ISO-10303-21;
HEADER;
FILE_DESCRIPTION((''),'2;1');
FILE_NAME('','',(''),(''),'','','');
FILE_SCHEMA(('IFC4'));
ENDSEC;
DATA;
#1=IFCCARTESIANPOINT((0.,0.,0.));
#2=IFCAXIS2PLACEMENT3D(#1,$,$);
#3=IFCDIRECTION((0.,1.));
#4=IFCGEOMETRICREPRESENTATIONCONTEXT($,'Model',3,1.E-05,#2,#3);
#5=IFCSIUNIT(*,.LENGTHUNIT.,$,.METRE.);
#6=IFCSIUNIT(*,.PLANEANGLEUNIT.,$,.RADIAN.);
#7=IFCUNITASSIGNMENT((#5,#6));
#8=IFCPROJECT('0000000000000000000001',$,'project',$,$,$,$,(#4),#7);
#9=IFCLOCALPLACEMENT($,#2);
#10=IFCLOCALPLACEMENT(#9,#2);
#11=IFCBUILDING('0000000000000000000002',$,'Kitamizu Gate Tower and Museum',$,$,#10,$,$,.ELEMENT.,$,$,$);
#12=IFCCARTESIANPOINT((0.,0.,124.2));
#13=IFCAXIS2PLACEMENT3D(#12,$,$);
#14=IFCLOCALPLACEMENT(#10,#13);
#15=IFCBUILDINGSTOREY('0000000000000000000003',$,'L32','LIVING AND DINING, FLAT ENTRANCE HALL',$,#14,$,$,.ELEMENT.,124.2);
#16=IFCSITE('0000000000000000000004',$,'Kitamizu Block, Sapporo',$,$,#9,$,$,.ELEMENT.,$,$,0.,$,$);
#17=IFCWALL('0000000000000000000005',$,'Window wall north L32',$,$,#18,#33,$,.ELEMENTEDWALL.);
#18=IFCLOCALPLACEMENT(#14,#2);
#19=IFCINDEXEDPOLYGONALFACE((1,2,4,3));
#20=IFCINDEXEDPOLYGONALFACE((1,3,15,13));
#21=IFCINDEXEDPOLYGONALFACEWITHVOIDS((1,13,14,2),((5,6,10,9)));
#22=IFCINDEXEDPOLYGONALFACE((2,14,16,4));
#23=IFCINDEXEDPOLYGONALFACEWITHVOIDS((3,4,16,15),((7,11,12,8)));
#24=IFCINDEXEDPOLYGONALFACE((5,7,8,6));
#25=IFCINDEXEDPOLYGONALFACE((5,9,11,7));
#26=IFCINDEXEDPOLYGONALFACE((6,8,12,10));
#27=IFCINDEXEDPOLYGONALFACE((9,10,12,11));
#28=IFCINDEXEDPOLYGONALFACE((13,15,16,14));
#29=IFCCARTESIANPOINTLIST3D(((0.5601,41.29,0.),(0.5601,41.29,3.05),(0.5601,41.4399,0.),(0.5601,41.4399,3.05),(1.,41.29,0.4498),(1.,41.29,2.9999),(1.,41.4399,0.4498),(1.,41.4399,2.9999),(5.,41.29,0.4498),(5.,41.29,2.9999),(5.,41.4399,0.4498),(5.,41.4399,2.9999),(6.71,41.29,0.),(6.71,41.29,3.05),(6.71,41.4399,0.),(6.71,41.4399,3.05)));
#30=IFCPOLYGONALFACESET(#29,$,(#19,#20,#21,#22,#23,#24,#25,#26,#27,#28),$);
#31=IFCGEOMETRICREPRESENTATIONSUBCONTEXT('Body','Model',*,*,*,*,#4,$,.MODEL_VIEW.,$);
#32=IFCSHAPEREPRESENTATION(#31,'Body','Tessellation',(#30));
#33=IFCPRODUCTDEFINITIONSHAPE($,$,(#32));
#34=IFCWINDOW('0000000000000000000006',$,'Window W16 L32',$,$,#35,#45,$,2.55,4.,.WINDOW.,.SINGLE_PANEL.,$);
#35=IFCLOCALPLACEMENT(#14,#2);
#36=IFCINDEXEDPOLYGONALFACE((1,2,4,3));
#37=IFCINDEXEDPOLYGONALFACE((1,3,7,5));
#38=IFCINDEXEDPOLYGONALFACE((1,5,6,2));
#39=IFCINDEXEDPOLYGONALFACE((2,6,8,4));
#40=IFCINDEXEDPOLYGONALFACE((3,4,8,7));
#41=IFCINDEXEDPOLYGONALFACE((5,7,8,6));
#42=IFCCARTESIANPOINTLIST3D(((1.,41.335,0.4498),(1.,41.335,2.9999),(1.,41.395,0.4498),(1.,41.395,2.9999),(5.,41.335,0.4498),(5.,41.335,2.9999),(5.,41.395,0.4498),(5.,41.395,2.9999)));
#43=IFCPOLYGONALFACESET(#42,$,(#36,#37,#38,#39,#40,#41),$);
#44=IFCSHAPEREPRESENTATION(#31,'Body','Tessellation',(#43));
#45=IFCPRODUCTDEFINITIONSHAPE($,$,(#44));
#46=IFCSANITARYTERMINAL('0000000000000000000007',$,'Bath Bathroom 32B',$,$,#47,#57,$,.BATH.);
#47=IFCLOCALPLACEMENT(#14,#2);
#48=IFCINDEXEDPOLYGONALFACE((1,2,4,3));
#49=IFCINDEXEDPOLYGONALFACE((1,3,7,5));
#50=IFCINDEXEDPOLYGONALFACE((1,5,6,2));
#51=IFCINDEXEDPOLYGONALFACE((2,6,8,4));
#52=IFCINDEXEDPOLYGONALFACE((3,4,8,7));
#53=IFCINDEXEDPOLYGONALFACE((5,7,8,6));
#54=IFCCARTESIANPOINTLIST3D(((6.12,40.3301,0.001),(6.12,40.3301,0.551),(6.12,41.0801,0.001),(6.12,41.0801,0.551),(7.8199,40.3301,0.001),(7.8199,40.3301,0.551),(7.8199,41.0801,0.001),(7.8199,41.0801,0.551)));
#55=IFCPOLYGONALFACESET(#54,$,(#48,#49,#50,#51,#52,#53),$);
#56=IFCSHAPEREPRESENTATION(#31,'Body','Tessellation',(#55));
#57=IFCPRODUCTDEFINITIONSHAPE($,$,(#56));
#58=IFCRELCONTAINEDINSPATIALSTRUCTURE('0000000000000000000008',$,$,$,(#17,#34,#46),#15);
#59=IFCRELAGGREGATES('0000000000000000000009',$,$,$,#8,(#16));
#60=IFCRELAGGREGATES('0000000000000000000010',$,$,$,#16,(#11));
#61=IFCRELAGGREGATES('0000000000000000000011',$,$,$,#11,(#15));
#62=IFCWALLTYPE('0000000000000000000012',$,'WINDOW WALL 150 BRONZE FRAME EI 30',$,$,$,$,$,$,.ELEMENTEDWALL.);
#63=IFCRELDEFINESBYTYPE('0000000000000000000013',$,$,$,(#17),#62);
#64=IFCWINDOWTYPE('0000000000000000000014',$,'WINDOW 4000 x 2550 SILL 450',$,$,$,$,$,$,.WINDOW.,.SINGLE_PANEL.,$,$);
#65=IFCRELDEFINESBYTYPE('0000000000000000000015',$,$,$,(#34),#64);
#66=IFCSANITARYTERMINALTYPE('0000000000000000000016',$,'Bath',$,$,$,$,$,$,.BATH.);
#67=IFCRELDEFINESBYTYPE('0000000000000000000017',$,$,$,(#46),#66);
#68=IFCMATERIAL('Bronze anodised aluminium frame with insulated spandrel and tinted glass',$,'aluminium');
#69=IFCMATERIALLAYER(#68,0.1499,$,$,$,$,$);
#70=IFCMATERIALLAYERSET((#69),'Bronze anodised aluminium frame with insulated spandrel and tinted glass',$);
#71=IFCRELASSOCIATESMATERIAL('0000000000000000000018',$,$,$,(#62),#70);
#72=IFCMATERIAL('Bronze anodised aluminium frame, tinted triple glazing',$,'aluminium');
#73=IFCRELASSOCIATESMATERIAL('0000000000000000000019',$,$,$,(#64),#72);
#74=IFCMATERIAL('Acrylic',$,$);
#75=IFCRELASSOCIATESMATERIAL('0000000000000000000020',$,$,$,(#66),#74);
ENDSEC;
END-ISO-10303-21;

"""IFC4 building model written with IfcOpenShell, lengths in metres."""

from ifc_helpers import new_model, si_unit, direction, frame, frame_2d, origin, origin_2d, place, context, subcontext, project, spatial, rectangle, extrude, material, layer, layer_set, type_object, element, fill, save


model = new_model("IFC4")

# Units and contexts
model_context = context("Model", 3, precision=1e-05, world=origin(), true_north=direction((0.0, 1.0)))
body_context = subcontext(model_context, "Body", "Model", "MODEL_VIEW")
ifc_project = project(units=[si_unit("LENGTHUNIT", "METRE"), si_unit("PLANEANGLEUNIT", "RADIAN")], contexts=[model_context])

# Site, building, storey
site_placement = place(None, origin())
site = spatial("IfcSite", under=ifc_project, at=site_placement, Name="Kitamizu Block, Sapporo", CompositionType="ELEMENT", RefElevation=0.0)
building_placement = place(site_placement, origin())
building = spatial("IfcBuilding", under=site, at=building_placement, Name="Kitamizu Gate Tower and Museum", CompositionType="ELEMENT")
storey_placement = place(building_placement, frame((0.0, 0.0, 124.2)))
storey = spatial("IfcBuildingStorey", under=building, at=storey_placement, Name="L32", Description="LIVING AND DINING, FLAT ENTRANCE HALL", CompositionType="ELEMENT", Elevation=124.2)

# Wall, opening, window
ifc_material_1 = material(Name="Bronze anodised aluminium frame with insulated spandrel and tinted glass", Category="aluminium")
ifc_layer = layer(ifc_material_1, 0.1499)
ifc_layer_set = layer_set([ifc_layer], Name="Bronze anodised aluminium frame with insulated spandrel and tinted glass")
wall_type = type_object("IfcWallType", Name="WINDOW WALL 150 BRONZE FRAME EI 30", PredefinedType="ELEMENTEDWALL", material=ifc_layer_set)
wall_placement = place(storey_placement, frame((0.5601, 41.365, 0.0), z_axis=(0.0, 0.0, 1.0), x_axis=(1.0, 0.0, 0.0)))
wall = element("IfcWall", 1, at=wall_placement, inside=storey, type_object=wall_type, Name="Window wall north L32", PredefinedType="ELEMENTEDWALL", context=body_context, shape_type="SweptSolid", body=[
    extrude(rectangle(XDim=6.1499, YDim=0.1499, at=frame_2d((3.075, 0.0))), origin(), (0.0, 0.0, 1.0), 3.05),
])
opening_placement = place(wall_placement, frame((0.4399, 0.0, 0.45)))
opening = element("IfcOpeningElement", 2, at=opening_placement, cuts=wall, PredefinedType="OPENING", context=body_context, shape_type="SweptSolid", body=[
    extrude(rectangle(XDim=4.0, YDim=2.55, at=frame_2d((2.0, 1.2749))), frame((0.0, 0.085, 0.0), z_axis=(0.0, -1.0, 0.0), x_axis=(1.0, 0.0, 0.0)), (0.0, 0.0, 1.0), 0.1699),
])
ifc_material_2 = material(Name="Bronze anodised aluminium frame, tinted triple glazing", Category="aluminium")
window_type = type_object("IfcWindowType", Name="WINDOW 4000 x 2550 SILL 450", PartitioningType="SINGLE_PANEL", PredefinedType="WINDOW", material=ifc_material_2)
window_placement = place(opening_placement, origin())
window = element("IfcWindow", 3, at=window_placement, inside=storey, type_object=window_type, Name="Window W16 L32", OverallHeight=2.55, OverallWidth=4.0, PartitioningType="SINGLE_PANEL", PredefinedType="WINDOW", context=body_context, shape_type="SweptSolid", body=[
    extrude(rectangle(XDim=4.0, YDim=2.55, at=frame_2d((2.0, 1.2749))), frame((0.0, 0.03, 0.0), z_axis=(0.0, -1.0, 0.0), x_axis=(1.0, 0.0, 0.0)), (0.0, 0.0, 1.0), 0.0601),
])
fill(opening, window)

# Sanitary terminal
ifc_material_3 = material(Name="Acrylic")
sanitary_terminal_type = type_object("IfcSanitaryTerminalType", Name="Bath", PredefinedType="BATH", material=ifc_material_3)
sanitary_terminal_placement = place(storey_placement, frame((6.97, 40.7051, 0.001), z_axis=(0.0, 0.0, 1.0), x_axis=(1.0, 0.0, 0.0)))
element("IfcSanitaryTerminal", 4, at=sanitary_terminal_placement, inside=storey, type_object=sanitary_terminal_type, Name="Bath Bathroom 32B", PredefinedType="BATH", context=body_context, shape_type="SweptSolid", body=[
    extrude(rectangle(XDim=1.7, YDim=0.75, at=origin_2d()), origin(), (0.0, 0.0, 1.0), 0.55),
])

save(model, "model.ifc")
